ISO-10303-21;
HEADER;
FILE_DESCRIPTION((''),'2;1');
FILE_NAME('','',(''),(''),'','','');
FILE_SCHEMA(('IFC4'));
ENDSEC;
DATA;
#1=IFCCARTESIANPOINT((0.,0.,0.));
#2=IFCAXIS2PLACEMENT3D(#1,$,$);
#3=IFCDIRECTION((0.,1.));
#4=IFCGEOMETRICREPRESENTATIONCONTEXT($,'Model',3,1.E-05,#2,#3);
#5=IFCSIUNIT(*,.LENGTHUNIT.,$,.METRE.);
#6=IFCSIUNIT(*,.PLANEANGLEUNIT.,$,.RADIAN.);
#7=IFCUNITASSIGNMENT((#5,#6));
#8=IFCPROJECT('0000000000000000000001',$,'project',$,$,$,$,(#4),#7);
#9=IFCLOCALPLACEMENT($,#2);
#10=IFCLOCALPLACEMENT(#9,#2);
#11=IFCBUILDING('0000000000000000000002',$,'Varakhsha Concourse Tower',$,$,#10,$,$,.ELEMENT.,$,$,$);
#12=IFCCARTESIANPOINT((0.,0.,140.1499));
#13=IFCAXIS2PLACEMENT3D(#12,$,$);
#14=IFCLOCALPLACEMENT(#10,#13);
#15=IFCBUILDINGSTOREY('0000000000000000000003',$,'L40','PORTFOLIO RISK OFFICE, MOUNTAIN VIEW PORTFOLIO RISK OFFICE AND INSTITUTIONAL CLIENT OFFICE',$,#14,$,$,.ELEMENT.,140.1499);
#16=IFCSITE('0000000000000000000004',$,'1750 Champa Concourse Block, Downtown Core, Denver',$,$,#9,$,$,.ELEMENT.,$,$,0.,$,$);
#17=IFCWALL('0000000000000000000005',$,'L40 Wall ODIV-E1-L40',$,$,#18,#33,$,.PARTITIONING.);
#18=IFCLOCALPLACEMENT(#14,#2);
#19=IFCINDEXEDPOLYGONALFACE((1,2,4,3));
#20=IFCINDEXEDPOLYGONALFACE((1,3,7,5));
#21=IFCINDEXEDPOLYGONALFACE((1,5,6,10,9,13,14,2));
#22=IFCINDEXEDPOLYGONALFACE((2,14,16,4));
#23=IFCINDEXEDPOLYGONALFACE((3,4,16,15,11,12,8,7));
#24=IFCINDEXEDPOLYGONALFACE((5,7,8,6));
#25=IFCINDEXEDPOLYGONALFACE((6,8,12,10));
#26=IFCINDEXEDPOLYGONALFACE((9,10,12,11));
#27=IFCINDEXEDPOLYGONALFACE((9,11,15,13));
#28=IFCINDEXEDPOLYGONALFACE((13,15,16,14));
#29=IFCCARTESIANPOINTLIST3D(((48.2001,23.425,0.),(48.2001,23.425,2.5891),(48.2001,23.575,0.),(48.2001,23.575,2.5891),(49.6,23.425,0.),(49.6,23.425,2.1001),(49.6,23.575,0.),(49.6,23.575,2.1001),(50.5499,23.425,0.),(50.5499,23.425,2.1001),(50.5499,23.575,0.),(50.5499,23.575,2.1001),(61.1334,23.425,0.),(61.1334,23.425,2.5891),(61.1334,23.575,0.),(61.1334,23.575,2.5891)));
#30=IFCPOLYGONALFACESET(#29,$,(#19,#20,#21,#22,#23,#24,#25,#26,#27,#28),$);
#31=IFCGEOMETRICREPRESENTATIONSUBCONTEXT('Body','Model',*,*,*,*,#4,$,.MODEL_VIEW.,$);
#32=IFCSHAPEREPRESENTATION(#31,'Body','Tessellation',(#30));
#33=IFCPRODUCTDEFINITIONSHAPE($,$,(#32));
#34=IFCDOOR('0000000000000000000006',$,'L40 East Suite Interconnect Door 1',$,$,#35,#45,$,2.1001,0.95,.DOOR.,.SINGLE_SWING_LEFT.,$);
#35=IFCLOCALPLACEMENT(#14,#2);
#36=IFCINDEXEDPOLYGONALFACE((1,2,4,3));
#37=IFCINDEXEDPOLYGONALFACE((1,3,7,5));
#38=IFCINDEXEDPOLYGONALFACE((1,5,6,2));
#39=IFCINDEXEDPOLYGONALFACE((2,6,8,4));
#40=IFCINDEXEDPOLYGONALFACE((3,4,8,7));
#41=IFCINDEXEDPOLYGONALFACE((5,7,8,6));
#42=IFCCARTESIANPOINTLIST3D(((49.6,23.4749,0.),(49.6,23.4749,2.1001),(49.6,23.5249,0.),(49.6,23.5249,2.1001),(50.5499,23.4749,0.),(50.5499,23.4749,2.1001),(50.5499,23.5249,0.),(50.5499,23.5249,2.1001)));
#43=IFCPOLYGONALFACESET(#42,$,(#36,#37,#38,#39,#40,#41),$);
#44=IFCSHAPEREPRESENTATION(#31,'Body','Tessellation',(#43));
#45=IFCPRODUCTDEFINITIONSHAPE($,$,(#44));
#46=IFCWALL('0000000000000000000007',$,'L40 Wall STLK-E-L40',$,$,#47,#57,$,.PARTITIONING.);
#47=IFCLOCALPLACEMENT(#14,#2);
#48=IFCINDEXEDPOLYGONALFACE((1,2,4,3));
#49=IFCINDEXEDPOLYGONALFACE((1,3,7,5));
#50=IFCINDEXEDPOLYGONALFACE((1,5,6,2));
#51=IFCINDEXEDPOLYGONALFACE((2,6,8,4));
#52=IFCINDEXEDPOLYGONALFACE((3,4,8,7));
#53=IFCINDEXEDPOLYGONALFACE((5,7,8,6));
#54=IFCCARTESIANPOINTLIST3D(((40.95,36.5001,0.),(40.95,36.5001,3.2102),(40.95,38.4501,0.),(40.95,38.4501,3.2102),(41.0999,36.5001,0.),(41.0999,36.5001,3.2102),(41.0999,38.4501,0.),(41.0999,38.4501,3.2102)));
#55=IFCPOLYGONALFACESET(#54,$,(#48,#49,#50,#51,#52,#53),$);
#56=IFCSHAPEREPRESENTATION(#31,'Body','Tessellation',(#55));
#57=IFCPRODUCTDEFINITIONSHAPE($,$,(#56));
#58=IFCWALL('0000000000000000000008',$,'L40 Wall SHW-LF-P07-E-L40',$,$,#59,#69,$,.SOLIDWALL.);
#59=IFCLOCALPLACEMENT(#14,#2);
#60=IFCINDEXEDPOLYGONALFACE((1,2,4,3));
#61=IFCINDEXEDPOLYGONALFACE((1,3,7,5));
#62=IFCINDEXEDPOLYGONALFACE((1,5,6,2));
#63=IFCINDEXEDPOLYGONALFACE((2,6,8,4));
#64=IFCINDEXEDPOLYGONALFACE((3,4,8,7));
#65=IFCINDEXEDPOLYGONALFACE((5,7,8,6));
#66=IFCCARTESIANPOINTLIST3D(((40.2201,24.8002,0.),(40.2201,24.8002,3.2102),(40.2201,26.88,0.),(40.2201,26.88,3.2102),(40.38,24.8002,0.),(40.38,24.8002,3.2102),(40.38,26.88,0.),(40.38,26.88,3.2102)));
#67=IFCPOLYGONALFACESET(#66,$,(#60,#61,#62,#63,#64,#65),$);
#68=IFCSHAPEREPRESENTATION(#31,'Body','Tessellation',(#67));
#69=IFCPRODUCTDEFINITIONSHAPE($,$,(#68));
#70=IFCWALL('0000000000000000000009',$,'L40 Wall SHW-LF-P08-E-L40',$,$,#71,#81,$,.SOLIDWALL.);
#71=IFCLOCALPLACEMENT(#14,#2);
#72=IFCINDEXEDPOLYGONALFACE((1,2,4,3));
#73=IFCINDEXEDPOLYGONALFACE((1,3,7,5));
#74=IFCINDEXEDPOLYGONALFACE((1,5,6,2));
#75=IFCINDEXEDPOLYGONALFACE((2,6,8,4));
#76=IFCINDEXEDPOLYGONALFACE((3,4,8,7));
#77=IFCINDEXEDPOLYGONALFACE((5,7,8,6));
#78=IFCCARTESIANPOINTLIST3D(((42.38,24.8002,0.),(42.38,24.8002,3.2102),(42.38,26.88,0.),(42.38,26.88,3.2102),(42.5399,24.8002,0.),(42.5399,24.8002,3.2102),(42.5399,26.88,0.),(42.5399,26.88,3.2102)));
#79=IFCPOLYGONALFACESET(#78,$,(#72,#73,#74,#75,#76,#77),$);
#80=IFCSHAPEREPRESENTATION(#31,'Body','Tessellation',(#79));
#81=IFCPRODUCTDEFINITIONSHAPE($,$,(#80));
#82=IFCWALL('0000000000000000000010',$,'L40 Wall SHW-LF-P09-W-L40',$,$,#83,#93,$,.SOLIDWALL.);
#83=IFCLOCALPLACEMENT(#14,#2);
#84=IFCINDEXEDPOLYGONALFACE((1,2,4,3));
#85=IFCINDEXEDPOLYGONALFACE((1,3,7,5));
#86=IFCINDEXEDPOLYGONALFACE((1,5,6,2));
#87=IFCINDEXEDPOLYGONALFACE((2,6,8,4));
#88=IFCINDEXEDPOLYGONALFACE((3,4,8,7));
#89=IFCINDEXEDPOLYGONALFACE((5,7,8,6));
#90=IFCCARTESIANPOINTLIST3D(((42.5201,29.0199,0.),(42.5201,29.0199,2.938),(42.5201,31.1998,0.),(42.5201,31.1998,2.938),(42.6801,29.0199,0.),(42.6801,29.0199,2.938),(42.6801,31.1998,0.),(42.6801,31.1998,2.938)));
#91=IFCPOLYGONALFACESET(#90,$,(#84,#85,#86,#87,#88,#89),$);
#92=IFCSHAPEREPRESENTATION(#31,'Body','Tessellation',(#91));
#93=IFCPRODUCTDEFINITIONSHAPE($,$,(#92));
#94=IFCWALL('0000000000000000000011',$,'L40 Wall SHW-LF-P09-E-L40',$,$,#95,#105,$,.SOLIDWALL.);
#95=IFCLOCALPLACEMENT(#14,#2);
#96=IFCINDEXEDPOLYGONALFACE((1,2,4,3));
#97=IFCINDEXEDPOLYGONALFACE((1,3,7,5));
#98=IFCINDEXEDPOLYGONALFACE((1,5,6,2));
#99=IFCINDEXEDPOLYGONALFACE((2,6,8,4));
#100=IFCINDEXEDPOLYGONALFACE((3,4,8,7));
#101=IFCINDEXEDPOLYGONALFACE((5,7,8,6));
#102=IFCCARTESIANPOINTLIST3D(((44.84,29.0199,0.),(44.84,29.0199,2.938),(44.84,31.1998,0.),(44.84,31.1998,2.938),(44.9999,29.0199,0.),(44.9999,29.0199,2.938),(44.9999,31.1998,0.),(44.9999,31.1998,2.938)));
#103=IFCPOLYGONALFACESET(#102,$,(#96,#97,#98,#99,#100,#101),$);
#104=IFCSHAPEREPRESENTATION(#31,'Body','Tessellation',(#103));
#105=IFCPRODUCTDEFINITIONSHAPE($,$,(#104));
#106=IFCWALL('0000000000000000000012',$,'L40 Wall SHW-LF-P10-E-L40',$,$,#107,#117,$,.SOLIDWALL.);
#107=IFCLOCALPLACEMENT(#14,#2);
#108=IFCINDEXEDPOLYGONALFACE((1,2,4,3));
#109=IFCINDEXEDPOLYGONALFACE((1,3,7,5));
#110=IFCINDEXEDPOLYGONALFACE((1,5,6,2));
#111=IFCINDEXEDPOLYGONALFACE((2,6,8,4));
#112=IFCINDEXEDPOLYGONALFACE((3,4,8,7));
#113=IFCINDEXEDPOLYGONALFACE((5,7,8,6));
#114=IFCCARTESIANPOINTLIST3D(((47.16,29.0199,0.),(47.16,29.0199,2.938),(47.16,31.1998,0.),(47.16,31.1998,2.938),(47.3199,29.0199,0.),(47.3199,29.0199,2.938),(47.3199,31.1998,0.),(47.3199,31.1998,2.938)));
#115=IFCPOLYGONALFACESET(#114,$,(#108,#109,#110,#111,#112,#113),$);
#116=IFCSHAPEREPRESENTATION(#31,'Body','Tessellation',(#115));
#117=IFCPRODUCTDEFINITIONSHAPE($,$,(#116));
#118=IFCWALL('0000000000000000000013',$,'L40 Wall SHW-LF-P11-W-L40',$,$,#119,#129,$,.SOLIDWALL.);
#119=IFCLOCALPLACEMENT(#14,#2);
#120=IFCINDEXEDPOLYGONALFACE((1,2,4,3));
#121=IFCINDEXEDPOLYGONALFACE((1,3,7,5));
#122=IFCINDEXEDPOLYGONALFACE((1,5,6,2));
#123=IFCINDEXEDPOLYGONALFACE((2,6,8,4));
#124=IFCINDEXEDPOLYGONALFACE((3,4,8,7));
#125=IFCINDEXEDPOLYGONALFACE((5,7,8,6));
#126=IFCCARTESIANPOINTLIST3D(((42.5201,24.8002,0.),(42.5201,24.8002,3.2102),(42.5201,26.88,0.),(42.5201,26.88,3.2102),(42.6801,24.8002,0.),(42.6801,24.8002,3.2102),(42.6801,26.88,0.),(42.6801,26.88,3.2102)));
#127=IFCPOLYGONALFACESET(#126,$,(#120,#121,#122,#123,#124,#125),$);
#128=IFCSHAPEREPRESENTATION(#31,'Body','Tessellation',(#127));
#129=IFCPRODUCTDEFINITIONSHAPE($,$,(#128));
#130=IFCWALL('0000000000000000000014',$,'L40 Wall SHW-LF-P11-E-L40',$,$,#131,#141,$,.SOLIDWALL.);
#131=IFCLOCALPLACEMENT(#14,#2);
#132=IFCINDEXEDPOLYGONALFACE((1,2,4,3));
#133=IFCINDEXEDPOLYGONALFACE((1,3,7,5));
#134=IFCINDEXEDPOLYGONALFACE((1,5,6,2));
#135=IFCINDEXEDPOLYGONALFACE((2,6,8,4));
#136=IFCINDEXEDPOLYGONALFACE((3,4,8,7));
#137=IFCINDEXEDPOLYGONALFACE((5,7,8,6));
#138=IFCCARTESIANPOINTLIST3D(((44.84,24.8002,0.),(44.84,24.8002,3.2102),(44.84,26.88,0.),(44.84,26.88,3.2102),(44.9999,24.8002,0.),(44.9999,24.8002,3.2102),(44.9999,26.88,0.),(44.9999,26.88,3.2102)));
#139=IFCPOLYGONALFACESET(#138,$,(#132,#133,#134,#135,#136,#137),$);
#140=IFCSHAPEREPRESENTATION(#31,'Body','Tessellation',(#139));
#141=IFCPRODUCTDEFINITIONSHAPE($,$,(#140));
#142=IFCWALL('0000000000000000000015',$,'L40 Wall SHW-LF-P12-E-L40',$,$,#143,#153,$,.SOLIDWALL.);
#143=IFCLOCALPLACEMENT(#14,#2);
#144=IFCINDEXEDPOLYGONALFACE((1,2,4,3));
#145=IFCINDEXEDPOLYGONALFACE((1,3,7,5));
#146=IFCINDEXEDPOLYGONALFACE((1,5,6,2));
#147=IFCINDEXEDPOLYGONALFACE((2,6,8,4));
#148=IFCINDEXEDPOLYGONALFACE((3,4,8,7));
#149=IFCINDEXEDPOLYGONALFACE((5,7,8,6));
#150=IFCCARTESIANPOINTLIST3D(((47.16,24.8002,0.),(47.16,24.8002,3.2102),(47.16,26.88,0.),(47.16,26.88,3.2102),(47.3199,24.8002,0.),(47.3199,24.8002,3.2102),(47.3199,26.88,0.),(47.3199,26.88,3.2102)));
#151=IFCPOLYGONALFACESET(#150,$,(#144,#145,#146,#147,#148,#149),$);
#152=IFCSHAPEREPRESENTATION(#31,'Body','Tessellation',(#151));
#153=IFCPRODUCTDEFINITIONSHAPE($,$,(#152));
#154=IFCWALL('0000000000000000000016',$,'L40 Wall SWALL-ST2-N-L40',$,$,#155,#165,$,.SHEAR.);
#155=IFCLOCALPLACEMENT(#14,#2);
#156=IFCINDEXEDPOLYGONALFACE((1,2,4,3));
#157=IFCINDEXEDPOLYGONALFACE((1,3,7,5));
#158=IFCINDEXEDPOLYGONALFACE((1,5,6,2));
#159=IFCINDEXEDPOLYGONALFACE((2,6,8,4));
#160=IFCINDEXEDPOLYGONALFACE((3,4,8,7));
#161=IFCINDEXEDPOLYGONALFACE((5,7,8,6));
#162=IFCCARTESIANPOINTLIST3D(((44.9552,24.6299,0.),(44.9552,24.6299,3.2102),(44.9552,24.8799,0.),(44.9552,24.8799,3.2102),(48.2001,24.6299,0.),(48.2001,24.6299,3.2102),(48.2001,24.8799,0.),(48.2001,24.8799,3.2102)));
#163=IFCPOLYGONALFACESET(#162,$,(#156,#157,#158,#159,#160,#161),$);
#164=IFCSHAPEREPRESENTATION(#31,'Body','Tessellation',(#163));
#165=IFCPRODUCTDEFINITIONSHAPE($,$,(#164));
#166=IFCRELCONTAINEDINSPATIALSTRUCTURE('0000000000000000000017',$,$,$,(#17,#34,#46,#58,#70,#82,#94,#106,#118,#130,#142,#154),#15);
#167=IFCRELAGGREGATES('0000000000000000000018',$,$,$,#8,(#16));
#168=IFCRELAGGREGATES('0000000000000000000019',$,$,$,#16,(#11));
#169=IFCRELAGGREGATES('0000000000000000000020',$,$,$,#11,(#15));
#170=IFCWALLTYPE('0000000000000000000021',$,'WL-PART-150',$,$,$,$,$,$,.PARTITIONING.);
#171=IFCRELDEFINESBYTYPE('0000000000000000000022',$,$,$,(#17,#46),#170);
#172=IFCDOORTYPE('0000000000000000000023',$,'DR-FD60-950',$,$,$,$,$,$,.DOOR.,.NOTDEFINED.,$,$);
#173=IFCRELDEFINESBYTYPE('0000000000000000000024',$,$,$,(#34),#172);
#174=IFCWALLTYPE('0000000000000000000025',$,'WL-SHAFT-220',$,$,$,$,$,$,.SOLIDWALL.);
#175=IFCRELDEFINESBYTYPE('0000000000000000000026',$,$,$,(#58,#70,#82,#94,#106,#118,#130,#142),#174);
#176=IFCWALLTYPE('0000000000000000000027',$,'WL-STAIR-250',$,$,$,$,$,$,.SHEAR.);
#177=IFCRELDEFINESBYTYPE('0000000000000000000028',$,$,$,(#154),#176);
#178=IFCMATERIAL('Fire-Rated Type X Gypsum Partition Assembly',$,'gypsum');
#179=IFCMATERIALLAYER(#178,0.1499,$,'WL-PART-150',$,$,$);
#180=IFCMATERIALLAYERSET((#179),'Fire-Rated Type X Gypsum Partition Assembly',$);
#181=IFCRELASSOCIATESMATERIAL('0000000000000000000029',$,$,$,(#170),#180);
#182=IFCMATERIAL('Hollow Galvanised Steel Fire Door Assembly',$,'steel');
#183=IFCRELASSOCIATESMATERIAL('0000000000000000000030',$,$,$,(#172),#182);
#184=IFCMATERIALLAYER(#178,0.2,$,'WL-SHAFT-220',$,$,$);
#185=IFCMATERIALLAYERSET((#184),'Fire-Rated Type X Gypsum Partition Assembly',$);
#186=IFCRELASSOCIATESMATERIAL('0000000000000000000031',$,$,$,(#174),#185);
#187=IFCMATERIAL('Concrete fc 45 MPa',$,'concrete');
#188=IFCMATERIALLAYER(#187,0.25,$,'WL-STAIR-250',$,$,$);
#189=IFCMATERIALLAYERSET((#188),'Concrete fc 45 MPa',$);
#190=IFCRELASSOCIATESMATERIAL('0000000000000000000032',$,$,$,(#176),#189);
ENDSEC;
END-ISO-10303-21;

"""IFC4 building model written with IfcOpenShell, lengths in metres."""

from ifc_helpers import new_model, si_unit, direction, frame, frame_2d, origin, place, context, subcontext, project, spatial, rectangle, extrude, material, layer, layer_set, type_object, element, fill, save


model = new_model("IFC4")

# Units and contexts
model_context = context("Model", 3, precision=1e-05, world=origin(), true_north=direction((0.0, 1.0)))
body_context = subcontext(model_context, "Body", "Model", "MODEL_VIEW")
ifc_project = project(units=[si_unit("LENGTHUNIT", "METRE"), si_unit("PLANEANGLEUNIT", "RADIAN")], contexts=[model_context])

# Site, building, storey
site_placement = place(None, origin())
site = spatial("IfcSite", under=ifc_project, at=site_placement, Name="1750 Champa Concourse Block, Downtown Core, Denver", CompositionType="ELEMENT", RefElevation=0.0)
building_placement = place(site_placement, origin())
building = spatial("IfcBuilding", under=site, at=building_placement, Name="Varakhsha Concourse Tower", CompositionType="ELEMENT")
storey_placement = place(building_placement, frame((0.0, 0.0, 140.1499)))
storey = spatial("IfcBuildingStorey", under=building, at=storey_placement, Name="L40", Description="PORTFOLIO RISK OFFICE, MOUNTAIN VIEW PORTFOLIO RISK OFFICE AND INSTITUTIONAL CLIENT OFFICE", CompositionType="ELEMENT", Elevation=140.1499)

# Shared definitions
ifc_material_1 = material(Name="Fire-Rated Type X Gypsum Partition Assembly", Category="gypsum")
ifc_layer_1 = layer(ifc_material_1, 0.1499, Name="WL-PART-150")
ifc_layer_set_1 = layer_set([ifc_layer_1], Name="Fire-Rated Type X Gypsum Partition Assembly")
wall_type_1 = type_object("IfcWallType", Name="WL-PART-150", PredefinedType="PARTITIONING", material=ifc_layer_set_1)

# Wall, opening, door
wall_1_placement = place(storey_placement, frame((48.2, 23.5, 0.0), z_axis=(0.0, 0.0, 1.0), x_axis=(1.0, 0.0, 0.0)))
wall_1 = element("IfcWall", 1, at=wall_1_placement, inside=storey, type_object=wall_type_1, Name="L40 Wall ODIV-E1-L40", PredefinedType="PARTITIONING", context=body_context, shape_type="SweptSolid", body=[
    extrude(rectangle(XDim=12.9333, YDim=0.1499, at=frame_2d((6.4668, 0.0))), origin(), (0.0, 0.0, 1.0), 2.5891),
])
opening_placement = place(wall_1_placement, frame((1.3999, 0.0, 0.0)))
opening = element("IfcOpeningElement", 2, at=opening_placement, cuts=wall_1, PredefinedType="OPENING", context=body_context, shape_type="SweptSolid", body=[
    extrude(rectangle(XDim=0.95, YDim=2.1001, at=frame_2d((0.4751, 1.05))), frame((0.0, 0.085, 0.0), z_axis=(0.0, -1.0, 0.0), x_axis=(1.0, 0.0, 0.0)), (0.0, 0.0, 1.0), 0.1699),
])
ifc_material_2 = material(Name="Hollow Galvanised Steel Fire Door Assembly", Category="steel")
door_type = type_object("IfcDoorType", Name="DR-FD60-950", OperationType="NOTDEFINED", PredefinedType="DOOR", material=ifc_material_2)
door_placement = place(opening_placement, origin())
door = element("IfcDoor", 3, at=door_placement, inside=storey, type_object=door_type, Name="L40 East Suite Interconnect Door 1", OperationType="SINGLE_SWING_LEFT", OverallHeight=2.1001, OverallWidth=0.95, PredefinedType="DOOR", context=body_context, shape_type="SweptSolid", body=[
    extrude(rectangle(XDim=0.95, YDim=2.1001, at=frame_2d((0.4751, 1.05))), frame((0.0, 0.0249, 0.0), z_axis=(0.0, -1.0, 0.0), x_axis=(1.0, 0.0, 0.0)), (0.0, 0.0, 1.0), 0.05),
])
fill(opening, door)

# Walls
wall_2_placement = place(storey_placement, frame((41.0249, 36.5, 0.0), z_axis=(0.0, 0.0, 1.0), x_axis=(0.0, 1.0, 0.0)))
element("IfcWall", 4, at=wall_2_placement, inside=storey, type_object=wall_type_1, Name="L40 Wall STLK-E-L40", PredefinedType="PARTITIONING", context=body_context, shape_type="SweptSolid", body=[
    extrude(rectangle(XDim=1.95, YDim=0.1499, at=frame_2d((0.9751, 0.0))), origin(), (0.0, 0.0, 1.0), 3.2102),
])
ifc_layer_2 = layer(ifc_material_1, 0.2, Name="WL-SHAFT-220")
ifc_layer_set_2 = layer_set([ifc_layer_2], Name="Fire-Rated Type X Gypsum Partition Assembly")
wall_type_2 = type_object("IfcWallType", Name="WL-SHAFT-220", PredefinedType="SOLIDWALL", material=ifc_layer_set_2)
for number, where, z_axis, x_axis, name in (
    (5, (40.3, 24.8, 0.0), (0.0, 0.0, 1.0), (0.0, 1.0, 0.0), "L40 Wall SHW-LF-P07-E-L40"),
    (6, (42.46, 24.8, 0.0), (0.0, 0.0, 1.0), (0.0, 1.0, 0.0), "L40 Wall SHW-LF-P08-E-L40"),
):
    element("IfcWall", number, at=place(storey_placement, frame(where, z_axis=z_axis, x_axis=x_axis)), inside=storey, type_object=wall_type_2, Name=name, PredefinedType="SOLIDWALL", context=body_context, shape_type="SweptSolid", body=[
        extrude(rectangle(XDim=2.0798, YDim=0.1599, at=frame_2d((1.04, 0.0))), origin(), (0.0, 0.0, 1.0), 3.2102),
    ])
for number, where, z_axis, x_axis, name in (
    (7, (42.6001, 29.02, 0.0), (0.0, 0.0, 1.0), (0.0, 1.0, 0.0), "L40 Wall SHW-LF-P09-W-L40"),
    (8, (44.9199, 29.02, 0.0), (0.0, 0.0, 1.0), (0.0, 1.0, 0.0), "L40 Wall SHW-LF-P09-E-L40"),
    (9, (47.24, 29.02, 0.0), (0.0, 0.0, 1.0), (0.0, 1.0, 0.0), "L40 Wall SHW-LF-P10-E-L40"),
):
    element("IfcWall", number, at=place(storey_placement, frame(where, z_axis=z_axis, x_axis=x_axis)), inside=storey, type_object=wall_type_2, Name=name, PredefinedType="SOLIDWALL", context=body_context, shape_type="SweptSolid", body=[
        extrude(rectangle(XDim=2.1799, YDim=0.1599, at=frame_2d((1.0898, 0.0))), origin(), (0.0, 0.0, 1.0), 2.938),
    ])
for number, where, z_axis, x_axis, name in (
    (10, (42.6001, 24.8, 0.0), (0.0, 0.0, 1.0), (0.0, 1.0, 0.0), "L40 Wall SHW-LF-P11-W-L40"),
    (11, (44.9199, 24.8, 0.0), (0.0, 0.0, 1.0), (0.0, 1.0, 0.0), "L40 Wall SHW-LF-P11-E-L40"),
    (12, (47.24, 24.8, 0.0), (0.0, 0.0, 1.0), (0.0, 1.0, 0.0), "L40 Wall SHW-LF-P12-E-L40"),
):
    element("IfcWall", number, at=place(storey_placement, frame(where, z_axis=z_axis, x_axis=x_axis)), inside=storey, type_object=wall_type_2, Name=name, PredefinedType="SOLIDWALL", context=body_context, shape_type="SweptSolid", body=[
        extrude(rectangle(XDim=2.0798, YDim=0.1599, at=frame_2d((1.04, 0.0))), origin(), (0.0, 0.0, 1.0), 3.2102),
    ])
ifc_material_3 = material(Name="Concrete fc 45 MPa", Category="concrete")
ifc_layer_3 = layer(ifc_material_3, 0.25, Name="WL-STAIR-250")
ifc_layer_set_3 = layer_set([ifc_layer_3], Name="Concrete fc 45 MPa")
wall_type_3 = type_object("IfcWallType", Name="WL-STAIR-250", PredefinedType="SHEAR", material=ifc_layer_set_3)
wall_3_placement = place(storey_placement, frame((44.9551, 24.7549, 0.0), z_axis=(0.0, 0.0, 1.0), x_axis=(1.0, 0.0, 0.0)))
element("IfcWall", 13, at=wall_3_placement, inside=storey, type_object=wall_type_3, Name="L40 Wall SWALL-ST2-N-L40", PredefinedType="SHEAR", context=body_context, shape_type="SweptSolid", body=[
    extrude(rectangle(XDim=3.2449, YDim=0.25, at=frame_2d((1.6226, 0.0))), origin(), (0.0, 0.0, 1.0), 3.2102),
])

save(model, "model.ifc")
